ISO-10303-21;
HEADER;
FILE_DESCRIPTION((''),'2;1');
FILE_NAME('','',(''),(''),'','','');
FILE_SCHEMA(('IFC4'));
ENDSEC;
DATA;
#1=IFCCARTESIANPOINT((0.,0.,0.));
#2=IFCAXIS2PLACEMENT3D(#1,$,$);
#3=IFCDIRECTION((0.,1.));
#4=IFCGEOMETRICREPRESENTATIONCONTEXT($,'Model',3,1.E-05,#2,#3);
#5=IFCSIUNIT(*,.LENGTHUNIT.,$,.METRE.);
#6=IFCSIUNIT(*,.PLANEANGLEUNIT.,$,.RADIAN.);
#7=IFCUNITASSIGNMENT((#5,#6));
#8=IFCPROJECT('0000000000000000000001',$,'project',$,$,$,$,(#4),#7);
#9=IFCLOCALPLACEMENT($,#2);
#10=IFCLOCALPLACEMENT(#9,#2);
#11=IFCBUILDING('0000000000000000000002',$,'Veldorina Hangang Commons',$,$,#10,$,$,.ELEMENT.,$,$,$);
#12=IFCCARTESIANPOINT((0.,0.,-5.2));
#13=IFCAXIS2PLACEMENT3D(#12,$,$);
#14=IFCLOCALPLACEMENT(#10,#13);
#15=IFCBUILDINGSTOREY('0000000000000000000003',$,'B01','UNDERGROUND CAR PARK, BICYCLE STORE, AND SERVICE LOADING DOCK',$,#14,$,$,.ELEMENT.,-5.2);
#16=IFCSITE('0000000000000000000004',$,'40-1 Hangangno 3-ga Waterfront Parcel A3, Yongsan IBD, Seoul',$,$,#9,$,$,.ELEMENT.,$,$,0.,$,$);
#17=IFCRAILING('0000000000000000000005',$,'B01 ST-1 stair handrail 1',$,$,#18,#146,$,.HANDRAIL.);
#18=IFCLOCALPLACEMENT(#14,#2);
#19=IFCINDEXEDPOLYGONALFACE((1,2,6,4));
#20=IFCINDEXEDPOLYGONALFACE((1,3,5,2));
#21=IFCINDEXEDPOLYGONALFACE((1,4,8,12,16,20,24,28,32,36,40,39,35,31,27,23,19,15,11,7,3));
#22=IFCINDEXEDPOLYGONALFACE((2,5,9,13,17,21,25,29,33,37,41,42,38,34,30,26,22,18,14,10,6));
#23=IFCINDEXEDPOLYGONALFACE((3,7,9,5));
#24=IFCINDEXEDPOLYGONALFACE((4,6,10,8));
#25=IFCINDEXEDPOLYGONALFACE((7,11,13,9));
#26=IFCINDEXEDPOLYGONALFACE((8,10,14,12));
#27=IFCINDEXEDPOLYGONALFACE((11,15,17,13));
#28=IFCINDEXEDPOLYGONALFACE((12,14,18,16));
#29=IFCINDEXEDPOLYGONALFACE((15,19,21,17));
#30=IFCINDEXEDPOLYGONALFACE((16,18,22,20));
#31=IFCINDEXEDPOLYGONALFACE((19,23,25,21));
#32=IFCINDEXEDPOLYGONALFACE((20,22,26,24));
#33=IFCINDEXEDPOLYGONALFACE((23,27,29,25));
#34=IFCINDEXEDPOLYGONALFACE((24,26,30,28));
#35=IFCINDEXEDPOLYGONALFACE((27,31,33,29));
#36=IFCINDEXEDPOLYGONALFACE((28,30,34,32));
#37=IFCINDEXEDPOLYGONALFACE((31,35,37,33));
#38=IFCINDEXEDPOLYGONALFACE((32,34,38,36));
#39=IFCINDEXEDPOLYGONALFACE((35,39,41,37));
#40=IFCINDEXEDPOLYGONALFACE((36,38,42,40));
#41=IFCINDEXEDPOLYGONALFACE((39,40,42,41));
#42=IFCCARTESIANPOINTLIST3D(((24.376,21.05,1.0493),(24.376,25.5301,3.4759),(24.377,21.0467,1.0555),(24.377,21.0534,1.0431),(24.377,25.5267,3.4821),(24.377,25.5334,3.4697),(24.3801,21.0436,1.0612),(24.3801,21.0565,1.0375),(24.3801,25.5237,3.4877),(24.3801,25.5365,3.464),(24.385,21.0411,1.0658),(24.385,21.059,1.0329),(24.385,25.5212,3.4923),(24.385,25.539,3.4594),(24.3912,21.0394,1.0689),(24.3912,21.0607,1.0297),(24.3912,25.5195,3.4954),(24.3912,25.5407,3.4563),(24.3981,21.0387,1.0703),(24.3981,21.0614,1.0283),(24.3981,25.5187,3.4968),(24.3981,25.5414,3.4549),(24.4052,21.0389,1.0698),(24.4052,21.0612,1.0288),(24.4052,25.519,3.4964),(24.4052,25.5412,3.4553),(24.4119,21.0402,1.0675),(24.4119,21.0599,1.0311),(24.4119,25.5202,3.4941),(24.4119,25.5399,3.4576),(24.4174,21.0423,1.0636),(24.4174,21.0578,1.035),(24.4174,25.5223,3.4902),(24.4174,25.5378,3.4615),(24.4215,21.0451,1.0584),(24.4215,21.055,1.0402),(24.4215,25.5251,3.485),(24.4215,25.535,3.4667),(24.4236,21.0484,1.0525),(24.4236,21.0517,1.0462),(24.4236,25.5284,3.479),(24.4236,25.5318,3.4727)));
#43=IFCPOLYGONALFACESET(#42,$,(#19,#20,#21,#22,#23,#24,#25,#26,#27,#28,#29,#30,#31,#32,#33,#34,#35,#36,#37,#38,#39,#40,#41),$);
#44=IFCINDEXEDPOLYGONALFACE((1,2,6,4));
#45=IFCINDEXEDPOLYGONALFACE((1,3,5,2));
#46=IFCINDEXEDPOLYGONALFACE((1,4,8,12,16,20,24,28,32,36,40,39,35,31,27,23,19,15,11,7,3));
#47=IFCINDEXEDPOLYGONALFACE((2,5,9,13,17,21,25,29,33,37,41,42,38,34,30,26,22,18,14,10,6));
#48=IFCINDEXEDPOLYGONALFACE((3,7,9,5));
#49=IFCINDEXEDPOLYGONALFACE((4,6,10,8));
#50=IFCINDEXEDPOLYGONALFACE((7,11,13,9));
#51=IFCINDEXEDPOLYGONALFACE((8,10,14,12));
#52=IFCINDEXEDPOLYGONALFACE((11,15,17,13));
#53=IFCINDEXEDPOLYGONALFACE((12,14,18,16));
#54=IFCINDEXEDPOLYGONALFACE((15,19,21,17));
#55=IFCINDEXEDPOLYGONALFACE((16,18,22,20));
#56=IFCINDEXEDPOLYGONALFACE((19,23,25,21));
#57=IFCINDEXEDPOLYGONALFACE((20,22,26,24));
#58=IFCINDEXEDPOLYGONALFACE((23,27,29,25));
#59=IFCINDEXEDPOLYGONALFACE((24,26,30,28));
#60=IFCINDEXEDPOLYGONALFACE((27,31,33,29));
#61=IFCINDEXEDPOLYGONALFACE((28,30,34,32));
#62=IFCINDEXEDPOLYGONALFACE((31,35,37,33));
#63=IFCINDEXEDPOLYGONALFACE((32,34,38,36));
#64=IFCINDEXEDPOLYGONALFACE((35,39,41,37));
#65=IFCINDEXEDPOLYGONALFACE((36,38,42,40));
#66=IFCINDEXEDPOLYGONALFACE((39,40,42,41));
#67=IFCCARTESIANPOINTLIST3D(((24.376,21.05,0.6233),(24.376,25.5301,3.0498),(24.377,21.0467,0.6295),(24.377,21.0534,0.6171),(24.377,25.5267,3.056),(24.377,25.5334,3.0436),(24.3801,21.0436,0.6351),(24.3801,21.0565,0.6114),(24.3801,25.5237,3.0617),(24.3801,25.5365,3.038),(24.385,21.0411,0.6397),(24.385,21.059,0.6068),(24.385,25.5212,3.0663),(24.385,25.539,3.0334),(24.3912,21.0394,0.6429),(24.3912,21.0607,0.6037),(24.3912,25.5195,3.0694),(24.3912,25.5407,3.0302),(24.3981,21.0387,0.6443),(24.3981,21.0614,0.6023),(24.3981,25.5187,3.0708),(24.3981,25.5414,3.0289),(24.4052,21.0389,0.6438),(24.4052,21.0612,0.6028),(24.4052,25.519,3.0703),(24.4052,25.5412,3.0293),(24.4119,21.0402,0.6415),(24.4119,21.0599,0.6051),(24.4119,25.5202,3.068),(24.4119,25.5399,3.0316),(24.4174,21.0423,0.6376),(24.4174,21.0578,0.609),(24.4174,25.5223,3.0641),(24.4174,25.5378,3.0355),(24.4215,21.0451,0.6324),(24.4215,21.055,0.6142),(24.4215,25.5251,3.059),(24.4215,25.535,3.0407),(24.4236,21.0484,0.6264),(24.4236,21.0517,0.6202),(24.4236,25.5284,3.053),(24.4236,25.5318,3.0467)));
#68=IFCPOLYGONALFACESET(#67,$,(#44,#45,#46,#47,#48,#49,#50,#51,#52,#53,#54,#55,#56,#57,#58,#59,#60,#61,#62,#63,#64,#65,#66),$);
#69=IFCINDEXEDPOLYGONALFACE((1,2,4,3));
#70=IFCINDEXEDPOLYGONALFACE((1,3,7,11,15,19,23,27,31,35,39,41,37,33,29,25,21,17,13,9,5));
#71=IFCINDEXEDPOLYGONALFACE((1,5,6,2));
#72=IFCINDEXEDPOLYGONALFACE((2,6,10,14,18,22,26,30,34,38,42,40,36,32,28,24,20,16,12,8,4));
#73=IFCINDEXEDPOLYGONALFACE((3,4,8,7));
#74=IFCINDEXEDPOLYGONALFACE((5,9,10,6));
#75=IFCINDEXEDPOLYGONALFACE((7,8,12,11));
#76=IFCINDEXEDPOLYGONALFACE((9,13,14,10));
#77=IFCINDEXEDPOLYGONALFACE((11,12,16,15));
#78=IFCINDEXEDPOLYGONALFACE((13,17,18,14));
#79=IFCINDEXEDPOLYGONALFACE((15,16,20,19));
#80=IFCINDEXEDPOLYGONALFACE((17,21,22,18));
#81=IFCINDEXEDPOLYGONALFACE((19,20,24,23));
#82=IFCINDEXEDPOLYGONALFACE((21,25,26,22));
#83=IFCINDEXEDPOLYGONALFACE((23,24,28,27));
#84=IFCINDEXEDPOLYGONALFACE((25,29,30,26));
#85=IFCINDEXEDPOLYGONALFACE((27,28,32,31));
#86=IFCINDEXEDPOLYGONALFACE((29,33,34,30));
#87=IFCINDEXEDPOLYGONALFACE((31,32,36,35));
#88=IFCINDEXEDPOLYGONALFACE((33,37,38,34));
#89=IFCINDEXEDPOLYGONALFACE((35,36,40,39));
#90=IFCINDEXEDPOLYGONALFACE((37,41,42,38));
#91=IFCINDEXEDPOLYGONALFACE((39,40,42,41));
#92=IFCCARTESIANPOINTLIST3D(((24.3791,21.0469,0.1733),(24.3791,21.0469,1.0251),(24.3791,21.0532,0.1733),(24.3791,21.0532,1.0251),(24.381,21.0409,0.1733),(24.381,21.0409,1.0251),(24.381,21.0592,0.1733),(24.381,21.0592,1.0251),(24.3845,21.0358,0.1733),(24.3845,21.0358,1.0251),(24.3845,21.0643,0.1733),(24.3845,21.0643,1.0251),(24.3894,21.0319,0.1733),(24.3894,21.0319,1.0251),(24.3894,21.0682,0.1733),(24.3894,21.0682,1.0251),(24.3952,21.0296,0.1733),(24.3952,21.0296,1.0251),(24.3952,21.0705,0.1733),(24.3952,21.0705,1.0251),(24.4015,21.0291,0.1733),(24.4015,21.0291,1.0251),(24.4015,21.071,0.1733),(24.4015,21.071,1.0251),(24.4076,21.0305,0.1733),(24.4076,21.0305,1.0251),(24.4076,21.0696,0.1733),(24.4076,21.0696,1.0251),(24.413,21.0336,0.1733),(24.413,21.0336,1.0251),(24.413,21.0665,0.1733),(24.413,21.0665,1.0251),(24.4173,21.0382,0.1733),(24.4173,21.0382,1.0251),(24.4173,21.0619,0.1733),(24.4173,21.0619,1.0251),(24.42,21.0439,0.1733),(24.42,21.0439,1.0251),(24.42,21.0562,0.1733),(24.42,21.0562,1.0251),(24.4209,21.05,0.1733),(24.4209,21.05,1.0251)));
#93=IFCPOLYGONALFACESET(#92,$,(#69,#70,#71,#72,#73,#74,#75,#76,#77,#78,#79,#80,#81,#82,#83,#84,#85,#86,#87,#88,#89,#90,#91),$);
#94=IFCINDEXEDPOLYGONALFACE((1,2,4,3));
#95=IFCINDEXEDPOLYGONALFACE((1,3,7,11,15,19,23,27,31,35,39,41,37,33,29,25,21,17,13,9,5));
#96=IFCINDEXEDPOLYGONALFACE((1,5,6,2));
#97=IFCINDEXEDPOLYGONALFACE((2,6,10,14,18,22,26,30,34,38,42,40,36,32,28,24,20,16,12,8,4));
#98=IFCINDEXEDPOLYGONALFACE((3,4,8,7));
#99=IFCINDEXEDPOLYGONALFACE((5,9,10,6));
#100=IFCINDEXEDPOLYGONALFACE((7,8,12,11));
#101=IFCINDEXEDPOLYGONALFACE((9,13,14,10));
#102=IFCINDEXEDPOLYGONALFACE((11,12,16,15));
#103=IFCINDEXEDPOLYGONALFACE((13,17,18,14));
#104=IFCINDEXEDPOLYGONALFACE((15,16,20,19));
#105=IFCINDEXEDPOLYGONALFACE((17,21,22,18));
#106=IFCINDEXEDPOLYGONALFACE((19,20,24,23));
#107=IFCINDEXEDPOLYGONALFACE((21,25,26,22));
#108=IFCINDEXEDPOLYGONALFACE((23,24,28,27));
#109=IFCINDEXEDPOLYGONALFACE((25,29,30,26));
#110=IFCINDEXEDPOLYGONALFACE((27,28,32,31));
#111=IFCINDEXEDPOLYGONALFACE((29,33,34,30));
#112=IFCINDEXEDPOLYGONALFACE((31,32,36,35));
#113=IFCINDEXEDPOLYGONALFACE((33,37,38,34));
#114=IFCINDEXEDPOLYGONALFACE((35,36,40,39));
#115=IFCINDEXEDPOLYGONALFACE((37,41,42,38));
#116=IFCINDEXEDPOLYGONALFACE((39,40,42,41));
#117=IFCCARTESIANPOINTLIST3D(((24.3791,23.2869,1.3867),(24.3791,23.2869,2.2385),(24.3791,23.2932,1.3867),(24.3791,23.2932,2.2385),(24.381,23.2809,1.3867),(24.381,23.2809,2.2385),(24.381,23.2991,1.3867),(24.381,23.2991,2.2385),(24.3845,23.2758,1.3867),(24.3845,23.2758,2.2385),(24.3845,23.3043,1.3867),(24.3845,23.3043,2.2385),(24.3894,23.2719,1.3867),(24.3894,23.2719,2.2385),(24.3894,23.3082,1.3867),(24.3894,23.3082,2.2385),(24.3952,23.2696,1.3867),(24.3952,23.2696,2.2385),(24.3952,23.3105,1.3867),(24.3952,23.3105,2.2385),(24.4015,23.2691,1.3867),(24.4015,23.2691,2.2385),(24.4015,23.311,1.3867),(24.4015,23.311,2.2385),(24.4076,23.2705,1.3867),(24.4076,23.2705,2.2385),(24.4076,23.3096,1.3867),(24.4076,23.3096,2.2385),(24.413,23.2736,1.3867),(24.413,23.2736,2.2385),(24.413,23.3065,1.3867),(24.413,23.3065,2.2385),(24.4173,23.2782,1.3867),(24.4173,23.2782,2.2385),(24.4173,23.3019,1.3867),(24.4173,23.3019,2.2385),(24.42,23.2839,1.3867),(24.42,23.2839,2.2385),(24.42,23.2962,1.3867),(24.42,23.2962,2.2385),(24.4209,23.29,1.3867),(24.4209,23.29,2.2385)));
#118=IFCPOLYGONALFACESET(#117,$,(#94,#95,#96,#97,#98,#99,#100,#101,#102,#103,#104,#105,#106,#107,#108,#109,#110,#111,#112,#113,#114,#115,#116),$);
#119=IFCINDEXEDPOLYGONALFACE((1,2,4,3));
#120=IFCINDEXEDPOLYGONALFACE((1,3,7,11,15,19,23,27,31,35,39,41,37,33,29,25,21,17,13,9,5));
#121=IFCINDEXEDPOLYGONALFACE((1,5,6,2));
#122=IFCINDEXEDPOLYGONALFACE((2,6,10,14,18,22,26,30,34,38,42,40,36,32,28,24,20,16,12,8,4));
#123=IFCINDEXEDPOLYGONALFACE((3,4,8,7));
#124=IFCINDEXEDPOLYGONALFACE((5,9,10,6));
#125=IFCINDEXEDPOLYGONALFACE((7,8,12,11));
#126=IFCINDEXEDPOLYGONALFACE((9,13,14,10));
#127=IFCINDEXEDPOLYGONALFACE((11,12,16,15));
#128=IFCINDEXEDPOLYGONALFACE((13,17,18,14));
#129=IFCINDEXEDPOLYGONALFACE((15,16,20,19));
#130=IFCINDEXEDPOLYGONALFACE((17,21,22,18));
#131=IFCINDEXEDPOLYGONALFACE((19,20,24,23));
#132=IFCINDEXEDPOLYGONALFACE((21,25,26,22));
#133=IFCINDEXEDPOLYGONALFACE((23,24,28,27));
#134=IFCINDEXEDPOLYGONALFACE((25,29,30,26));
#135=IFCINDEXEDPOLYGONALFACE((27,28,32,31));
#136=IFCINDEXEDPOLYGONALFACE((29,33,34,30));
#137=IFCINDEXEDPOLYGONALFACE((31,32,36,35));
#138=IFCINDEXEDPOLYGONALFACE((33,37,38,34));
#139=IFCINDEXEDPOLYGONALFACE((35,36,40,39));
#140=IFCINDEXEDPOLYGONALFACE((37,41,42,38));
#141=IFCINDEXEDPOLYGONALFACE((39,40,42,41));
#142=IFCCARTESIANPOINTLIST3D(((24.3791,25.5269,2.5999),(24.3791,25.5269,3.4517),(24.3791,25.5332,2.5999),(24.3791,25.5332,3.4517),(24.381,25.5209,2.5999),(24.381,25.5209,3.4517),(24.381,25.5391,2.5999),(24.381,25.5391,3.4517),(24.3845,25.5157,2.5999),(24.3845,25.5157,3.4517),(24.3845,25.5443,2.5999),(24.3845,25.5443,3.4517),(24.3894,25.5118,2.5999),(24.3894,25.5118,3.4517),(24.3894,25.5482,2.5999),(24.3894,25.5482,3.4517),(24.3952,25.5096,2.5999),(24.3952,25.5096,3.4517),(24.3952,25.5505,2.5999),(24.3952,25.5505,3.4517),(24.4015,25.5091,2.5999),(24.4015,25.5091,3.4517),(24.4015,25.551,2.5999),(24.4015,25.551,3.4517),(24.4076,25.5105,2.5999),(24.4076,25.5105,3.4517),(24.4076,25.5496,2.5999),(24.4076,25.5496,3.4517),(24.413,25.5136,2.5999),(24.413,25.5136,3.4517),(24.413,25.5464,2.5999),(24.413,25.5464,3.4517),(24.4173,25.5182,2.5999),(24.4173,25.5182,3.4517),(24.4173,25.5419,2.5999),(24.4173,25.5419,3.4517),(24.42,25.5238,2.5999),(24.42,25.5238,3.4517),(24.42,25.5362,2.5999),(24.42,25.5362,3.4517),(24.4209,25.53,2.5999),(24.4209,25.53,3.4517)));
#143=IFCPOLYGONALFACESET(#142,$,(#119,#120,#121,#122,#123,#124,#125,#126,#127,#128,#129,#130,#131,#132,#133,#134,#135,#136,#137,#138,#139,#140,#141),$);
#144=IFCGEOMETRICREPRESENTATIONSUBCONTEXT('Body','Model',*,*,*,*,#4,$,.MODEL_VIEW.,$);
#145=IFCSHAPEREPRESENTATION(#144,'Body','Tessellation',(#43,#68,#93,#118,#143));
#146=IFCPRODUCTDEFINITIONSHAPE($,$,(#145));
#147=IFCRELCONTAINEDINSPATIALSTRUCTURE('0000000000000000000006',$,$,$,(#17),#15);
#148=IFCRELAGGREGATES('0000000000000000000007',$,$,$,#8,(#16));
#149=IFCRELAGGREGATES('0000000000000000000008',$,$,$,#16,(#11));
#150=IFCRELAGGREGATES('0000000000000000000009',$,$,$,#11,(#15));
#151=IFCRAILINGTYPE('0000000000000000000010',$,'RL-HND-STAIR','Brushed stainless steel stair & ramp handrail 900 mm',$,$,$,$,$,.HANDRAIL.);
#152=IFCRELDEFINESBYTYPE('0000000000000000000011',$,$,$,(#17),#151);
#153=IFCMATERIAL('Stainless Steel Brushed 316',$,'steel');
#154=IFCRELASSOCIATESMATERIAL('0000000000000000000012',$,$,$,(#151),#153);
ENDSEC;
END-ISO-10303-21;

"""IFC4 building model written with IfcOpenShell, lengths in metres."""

from ifc_helpers import new_model, si_unit, direction, frame, origin, origin_2d, place, context, subcontext, project, spatial, circle, extrude, material, type_object, element, save


model = new_model("IFC4")

# Units and contexts
model_context = context("Model", 3, precision=1e-05, world=origin(), true_north=direction((0.0, 1.0)))
body_context = subcontext(model_context, "Body", "Model", "MODEL_VIEW")
ifc_project = project(units=[si_unit("LENGTHUNIT", "METRE"), si_unit("PLANEANGLEUNIT", "RADIAN")], contexts=[model_context])

# Site, building, storey
site_placement = place(None, origin())
site = spatial("IfcSite", under=ifc_project, at=site_placement, Name="40-1 Hangangno 3-ga Waterfront Parcel A3, Yongsan IBD, Seoul", CompositionType="ELEMENT", RefElevation=0.0)
building_placement = place(site_placement, origin())
building = spatial("IfcBuilding", under=site, at=building_placement, Name="Veldorina Hangang Commons", CompositionType="ELEMENT")
storey_placement = place(building_placement, frame((0.0, 0.0, -5.2)))
storey = spatial("IfcBuildingStorey", under=building, at=storey_placement, Name="B01", Description="UNDERGROUND CAR PARK, BICYCLE STORE, AND SERVICE LOADING DOCK", CompositionType="ELEMENT", Elevation=-5.2)

# Railing
ifc_material_1 = material(Name="Stainless Steel Brushed 316", Category="steel")
railing_type_1 = type_object("IfcRailingType", Name="RL-HND-STAIR", Description="Brushed stainless steel stair & ramp handrail 900 mm", PredefinedType="HANDRAIL", material=ifc_material_1)
railing_1_placement = place(storey_placement, frame((24.3999, 21.05, 0.1733)))
element("IfcRailing", 1, at=railing_1_placement, inside=storey, type_object=railing_type_1, Name="B01 ST-1 stair handrail 1", PredefinedType="HANDRAIL", context=body_context, shape_type="SweptSolid", body=[
    extrude(circle(Radius=0.0239, at=origin_2d()), frame((0.0, 0.0, 0.876), z_axis=(0.0, 0.879304, 0.476262), x_axis=(-1.0, 0.0, 0.0)), (0.0, 0.0, 1.0), 5.095),
    extrude(circle(Radius=0.0239, at=origin_2d()), frame((0.0, 0.0, 0.45), z_axis=(0.0, 0.879304, 0.476262), x_axis=(-1.0, 0.0, 0.0)), (0.0, 0.0, 1.0), 5.095),
    extrude(circle(Radius=0.021, at=origin_2d()), origin(), (0.0, 0.0, 1.0), 0.8518),
    extrude(circle(Radius=0.021, at=origin_2d()), frame((0.0, 2.24, 1.2134)), (0.0, 0.0, 1.0), 0.8518),
    extrude(circle(Radius=0.021, at=origin_2d()), frame((0.0, 4.48, 2.4265)), (0.0, 0.0, 1.0), 0.8518),
])

save(model, "model.ifc")
